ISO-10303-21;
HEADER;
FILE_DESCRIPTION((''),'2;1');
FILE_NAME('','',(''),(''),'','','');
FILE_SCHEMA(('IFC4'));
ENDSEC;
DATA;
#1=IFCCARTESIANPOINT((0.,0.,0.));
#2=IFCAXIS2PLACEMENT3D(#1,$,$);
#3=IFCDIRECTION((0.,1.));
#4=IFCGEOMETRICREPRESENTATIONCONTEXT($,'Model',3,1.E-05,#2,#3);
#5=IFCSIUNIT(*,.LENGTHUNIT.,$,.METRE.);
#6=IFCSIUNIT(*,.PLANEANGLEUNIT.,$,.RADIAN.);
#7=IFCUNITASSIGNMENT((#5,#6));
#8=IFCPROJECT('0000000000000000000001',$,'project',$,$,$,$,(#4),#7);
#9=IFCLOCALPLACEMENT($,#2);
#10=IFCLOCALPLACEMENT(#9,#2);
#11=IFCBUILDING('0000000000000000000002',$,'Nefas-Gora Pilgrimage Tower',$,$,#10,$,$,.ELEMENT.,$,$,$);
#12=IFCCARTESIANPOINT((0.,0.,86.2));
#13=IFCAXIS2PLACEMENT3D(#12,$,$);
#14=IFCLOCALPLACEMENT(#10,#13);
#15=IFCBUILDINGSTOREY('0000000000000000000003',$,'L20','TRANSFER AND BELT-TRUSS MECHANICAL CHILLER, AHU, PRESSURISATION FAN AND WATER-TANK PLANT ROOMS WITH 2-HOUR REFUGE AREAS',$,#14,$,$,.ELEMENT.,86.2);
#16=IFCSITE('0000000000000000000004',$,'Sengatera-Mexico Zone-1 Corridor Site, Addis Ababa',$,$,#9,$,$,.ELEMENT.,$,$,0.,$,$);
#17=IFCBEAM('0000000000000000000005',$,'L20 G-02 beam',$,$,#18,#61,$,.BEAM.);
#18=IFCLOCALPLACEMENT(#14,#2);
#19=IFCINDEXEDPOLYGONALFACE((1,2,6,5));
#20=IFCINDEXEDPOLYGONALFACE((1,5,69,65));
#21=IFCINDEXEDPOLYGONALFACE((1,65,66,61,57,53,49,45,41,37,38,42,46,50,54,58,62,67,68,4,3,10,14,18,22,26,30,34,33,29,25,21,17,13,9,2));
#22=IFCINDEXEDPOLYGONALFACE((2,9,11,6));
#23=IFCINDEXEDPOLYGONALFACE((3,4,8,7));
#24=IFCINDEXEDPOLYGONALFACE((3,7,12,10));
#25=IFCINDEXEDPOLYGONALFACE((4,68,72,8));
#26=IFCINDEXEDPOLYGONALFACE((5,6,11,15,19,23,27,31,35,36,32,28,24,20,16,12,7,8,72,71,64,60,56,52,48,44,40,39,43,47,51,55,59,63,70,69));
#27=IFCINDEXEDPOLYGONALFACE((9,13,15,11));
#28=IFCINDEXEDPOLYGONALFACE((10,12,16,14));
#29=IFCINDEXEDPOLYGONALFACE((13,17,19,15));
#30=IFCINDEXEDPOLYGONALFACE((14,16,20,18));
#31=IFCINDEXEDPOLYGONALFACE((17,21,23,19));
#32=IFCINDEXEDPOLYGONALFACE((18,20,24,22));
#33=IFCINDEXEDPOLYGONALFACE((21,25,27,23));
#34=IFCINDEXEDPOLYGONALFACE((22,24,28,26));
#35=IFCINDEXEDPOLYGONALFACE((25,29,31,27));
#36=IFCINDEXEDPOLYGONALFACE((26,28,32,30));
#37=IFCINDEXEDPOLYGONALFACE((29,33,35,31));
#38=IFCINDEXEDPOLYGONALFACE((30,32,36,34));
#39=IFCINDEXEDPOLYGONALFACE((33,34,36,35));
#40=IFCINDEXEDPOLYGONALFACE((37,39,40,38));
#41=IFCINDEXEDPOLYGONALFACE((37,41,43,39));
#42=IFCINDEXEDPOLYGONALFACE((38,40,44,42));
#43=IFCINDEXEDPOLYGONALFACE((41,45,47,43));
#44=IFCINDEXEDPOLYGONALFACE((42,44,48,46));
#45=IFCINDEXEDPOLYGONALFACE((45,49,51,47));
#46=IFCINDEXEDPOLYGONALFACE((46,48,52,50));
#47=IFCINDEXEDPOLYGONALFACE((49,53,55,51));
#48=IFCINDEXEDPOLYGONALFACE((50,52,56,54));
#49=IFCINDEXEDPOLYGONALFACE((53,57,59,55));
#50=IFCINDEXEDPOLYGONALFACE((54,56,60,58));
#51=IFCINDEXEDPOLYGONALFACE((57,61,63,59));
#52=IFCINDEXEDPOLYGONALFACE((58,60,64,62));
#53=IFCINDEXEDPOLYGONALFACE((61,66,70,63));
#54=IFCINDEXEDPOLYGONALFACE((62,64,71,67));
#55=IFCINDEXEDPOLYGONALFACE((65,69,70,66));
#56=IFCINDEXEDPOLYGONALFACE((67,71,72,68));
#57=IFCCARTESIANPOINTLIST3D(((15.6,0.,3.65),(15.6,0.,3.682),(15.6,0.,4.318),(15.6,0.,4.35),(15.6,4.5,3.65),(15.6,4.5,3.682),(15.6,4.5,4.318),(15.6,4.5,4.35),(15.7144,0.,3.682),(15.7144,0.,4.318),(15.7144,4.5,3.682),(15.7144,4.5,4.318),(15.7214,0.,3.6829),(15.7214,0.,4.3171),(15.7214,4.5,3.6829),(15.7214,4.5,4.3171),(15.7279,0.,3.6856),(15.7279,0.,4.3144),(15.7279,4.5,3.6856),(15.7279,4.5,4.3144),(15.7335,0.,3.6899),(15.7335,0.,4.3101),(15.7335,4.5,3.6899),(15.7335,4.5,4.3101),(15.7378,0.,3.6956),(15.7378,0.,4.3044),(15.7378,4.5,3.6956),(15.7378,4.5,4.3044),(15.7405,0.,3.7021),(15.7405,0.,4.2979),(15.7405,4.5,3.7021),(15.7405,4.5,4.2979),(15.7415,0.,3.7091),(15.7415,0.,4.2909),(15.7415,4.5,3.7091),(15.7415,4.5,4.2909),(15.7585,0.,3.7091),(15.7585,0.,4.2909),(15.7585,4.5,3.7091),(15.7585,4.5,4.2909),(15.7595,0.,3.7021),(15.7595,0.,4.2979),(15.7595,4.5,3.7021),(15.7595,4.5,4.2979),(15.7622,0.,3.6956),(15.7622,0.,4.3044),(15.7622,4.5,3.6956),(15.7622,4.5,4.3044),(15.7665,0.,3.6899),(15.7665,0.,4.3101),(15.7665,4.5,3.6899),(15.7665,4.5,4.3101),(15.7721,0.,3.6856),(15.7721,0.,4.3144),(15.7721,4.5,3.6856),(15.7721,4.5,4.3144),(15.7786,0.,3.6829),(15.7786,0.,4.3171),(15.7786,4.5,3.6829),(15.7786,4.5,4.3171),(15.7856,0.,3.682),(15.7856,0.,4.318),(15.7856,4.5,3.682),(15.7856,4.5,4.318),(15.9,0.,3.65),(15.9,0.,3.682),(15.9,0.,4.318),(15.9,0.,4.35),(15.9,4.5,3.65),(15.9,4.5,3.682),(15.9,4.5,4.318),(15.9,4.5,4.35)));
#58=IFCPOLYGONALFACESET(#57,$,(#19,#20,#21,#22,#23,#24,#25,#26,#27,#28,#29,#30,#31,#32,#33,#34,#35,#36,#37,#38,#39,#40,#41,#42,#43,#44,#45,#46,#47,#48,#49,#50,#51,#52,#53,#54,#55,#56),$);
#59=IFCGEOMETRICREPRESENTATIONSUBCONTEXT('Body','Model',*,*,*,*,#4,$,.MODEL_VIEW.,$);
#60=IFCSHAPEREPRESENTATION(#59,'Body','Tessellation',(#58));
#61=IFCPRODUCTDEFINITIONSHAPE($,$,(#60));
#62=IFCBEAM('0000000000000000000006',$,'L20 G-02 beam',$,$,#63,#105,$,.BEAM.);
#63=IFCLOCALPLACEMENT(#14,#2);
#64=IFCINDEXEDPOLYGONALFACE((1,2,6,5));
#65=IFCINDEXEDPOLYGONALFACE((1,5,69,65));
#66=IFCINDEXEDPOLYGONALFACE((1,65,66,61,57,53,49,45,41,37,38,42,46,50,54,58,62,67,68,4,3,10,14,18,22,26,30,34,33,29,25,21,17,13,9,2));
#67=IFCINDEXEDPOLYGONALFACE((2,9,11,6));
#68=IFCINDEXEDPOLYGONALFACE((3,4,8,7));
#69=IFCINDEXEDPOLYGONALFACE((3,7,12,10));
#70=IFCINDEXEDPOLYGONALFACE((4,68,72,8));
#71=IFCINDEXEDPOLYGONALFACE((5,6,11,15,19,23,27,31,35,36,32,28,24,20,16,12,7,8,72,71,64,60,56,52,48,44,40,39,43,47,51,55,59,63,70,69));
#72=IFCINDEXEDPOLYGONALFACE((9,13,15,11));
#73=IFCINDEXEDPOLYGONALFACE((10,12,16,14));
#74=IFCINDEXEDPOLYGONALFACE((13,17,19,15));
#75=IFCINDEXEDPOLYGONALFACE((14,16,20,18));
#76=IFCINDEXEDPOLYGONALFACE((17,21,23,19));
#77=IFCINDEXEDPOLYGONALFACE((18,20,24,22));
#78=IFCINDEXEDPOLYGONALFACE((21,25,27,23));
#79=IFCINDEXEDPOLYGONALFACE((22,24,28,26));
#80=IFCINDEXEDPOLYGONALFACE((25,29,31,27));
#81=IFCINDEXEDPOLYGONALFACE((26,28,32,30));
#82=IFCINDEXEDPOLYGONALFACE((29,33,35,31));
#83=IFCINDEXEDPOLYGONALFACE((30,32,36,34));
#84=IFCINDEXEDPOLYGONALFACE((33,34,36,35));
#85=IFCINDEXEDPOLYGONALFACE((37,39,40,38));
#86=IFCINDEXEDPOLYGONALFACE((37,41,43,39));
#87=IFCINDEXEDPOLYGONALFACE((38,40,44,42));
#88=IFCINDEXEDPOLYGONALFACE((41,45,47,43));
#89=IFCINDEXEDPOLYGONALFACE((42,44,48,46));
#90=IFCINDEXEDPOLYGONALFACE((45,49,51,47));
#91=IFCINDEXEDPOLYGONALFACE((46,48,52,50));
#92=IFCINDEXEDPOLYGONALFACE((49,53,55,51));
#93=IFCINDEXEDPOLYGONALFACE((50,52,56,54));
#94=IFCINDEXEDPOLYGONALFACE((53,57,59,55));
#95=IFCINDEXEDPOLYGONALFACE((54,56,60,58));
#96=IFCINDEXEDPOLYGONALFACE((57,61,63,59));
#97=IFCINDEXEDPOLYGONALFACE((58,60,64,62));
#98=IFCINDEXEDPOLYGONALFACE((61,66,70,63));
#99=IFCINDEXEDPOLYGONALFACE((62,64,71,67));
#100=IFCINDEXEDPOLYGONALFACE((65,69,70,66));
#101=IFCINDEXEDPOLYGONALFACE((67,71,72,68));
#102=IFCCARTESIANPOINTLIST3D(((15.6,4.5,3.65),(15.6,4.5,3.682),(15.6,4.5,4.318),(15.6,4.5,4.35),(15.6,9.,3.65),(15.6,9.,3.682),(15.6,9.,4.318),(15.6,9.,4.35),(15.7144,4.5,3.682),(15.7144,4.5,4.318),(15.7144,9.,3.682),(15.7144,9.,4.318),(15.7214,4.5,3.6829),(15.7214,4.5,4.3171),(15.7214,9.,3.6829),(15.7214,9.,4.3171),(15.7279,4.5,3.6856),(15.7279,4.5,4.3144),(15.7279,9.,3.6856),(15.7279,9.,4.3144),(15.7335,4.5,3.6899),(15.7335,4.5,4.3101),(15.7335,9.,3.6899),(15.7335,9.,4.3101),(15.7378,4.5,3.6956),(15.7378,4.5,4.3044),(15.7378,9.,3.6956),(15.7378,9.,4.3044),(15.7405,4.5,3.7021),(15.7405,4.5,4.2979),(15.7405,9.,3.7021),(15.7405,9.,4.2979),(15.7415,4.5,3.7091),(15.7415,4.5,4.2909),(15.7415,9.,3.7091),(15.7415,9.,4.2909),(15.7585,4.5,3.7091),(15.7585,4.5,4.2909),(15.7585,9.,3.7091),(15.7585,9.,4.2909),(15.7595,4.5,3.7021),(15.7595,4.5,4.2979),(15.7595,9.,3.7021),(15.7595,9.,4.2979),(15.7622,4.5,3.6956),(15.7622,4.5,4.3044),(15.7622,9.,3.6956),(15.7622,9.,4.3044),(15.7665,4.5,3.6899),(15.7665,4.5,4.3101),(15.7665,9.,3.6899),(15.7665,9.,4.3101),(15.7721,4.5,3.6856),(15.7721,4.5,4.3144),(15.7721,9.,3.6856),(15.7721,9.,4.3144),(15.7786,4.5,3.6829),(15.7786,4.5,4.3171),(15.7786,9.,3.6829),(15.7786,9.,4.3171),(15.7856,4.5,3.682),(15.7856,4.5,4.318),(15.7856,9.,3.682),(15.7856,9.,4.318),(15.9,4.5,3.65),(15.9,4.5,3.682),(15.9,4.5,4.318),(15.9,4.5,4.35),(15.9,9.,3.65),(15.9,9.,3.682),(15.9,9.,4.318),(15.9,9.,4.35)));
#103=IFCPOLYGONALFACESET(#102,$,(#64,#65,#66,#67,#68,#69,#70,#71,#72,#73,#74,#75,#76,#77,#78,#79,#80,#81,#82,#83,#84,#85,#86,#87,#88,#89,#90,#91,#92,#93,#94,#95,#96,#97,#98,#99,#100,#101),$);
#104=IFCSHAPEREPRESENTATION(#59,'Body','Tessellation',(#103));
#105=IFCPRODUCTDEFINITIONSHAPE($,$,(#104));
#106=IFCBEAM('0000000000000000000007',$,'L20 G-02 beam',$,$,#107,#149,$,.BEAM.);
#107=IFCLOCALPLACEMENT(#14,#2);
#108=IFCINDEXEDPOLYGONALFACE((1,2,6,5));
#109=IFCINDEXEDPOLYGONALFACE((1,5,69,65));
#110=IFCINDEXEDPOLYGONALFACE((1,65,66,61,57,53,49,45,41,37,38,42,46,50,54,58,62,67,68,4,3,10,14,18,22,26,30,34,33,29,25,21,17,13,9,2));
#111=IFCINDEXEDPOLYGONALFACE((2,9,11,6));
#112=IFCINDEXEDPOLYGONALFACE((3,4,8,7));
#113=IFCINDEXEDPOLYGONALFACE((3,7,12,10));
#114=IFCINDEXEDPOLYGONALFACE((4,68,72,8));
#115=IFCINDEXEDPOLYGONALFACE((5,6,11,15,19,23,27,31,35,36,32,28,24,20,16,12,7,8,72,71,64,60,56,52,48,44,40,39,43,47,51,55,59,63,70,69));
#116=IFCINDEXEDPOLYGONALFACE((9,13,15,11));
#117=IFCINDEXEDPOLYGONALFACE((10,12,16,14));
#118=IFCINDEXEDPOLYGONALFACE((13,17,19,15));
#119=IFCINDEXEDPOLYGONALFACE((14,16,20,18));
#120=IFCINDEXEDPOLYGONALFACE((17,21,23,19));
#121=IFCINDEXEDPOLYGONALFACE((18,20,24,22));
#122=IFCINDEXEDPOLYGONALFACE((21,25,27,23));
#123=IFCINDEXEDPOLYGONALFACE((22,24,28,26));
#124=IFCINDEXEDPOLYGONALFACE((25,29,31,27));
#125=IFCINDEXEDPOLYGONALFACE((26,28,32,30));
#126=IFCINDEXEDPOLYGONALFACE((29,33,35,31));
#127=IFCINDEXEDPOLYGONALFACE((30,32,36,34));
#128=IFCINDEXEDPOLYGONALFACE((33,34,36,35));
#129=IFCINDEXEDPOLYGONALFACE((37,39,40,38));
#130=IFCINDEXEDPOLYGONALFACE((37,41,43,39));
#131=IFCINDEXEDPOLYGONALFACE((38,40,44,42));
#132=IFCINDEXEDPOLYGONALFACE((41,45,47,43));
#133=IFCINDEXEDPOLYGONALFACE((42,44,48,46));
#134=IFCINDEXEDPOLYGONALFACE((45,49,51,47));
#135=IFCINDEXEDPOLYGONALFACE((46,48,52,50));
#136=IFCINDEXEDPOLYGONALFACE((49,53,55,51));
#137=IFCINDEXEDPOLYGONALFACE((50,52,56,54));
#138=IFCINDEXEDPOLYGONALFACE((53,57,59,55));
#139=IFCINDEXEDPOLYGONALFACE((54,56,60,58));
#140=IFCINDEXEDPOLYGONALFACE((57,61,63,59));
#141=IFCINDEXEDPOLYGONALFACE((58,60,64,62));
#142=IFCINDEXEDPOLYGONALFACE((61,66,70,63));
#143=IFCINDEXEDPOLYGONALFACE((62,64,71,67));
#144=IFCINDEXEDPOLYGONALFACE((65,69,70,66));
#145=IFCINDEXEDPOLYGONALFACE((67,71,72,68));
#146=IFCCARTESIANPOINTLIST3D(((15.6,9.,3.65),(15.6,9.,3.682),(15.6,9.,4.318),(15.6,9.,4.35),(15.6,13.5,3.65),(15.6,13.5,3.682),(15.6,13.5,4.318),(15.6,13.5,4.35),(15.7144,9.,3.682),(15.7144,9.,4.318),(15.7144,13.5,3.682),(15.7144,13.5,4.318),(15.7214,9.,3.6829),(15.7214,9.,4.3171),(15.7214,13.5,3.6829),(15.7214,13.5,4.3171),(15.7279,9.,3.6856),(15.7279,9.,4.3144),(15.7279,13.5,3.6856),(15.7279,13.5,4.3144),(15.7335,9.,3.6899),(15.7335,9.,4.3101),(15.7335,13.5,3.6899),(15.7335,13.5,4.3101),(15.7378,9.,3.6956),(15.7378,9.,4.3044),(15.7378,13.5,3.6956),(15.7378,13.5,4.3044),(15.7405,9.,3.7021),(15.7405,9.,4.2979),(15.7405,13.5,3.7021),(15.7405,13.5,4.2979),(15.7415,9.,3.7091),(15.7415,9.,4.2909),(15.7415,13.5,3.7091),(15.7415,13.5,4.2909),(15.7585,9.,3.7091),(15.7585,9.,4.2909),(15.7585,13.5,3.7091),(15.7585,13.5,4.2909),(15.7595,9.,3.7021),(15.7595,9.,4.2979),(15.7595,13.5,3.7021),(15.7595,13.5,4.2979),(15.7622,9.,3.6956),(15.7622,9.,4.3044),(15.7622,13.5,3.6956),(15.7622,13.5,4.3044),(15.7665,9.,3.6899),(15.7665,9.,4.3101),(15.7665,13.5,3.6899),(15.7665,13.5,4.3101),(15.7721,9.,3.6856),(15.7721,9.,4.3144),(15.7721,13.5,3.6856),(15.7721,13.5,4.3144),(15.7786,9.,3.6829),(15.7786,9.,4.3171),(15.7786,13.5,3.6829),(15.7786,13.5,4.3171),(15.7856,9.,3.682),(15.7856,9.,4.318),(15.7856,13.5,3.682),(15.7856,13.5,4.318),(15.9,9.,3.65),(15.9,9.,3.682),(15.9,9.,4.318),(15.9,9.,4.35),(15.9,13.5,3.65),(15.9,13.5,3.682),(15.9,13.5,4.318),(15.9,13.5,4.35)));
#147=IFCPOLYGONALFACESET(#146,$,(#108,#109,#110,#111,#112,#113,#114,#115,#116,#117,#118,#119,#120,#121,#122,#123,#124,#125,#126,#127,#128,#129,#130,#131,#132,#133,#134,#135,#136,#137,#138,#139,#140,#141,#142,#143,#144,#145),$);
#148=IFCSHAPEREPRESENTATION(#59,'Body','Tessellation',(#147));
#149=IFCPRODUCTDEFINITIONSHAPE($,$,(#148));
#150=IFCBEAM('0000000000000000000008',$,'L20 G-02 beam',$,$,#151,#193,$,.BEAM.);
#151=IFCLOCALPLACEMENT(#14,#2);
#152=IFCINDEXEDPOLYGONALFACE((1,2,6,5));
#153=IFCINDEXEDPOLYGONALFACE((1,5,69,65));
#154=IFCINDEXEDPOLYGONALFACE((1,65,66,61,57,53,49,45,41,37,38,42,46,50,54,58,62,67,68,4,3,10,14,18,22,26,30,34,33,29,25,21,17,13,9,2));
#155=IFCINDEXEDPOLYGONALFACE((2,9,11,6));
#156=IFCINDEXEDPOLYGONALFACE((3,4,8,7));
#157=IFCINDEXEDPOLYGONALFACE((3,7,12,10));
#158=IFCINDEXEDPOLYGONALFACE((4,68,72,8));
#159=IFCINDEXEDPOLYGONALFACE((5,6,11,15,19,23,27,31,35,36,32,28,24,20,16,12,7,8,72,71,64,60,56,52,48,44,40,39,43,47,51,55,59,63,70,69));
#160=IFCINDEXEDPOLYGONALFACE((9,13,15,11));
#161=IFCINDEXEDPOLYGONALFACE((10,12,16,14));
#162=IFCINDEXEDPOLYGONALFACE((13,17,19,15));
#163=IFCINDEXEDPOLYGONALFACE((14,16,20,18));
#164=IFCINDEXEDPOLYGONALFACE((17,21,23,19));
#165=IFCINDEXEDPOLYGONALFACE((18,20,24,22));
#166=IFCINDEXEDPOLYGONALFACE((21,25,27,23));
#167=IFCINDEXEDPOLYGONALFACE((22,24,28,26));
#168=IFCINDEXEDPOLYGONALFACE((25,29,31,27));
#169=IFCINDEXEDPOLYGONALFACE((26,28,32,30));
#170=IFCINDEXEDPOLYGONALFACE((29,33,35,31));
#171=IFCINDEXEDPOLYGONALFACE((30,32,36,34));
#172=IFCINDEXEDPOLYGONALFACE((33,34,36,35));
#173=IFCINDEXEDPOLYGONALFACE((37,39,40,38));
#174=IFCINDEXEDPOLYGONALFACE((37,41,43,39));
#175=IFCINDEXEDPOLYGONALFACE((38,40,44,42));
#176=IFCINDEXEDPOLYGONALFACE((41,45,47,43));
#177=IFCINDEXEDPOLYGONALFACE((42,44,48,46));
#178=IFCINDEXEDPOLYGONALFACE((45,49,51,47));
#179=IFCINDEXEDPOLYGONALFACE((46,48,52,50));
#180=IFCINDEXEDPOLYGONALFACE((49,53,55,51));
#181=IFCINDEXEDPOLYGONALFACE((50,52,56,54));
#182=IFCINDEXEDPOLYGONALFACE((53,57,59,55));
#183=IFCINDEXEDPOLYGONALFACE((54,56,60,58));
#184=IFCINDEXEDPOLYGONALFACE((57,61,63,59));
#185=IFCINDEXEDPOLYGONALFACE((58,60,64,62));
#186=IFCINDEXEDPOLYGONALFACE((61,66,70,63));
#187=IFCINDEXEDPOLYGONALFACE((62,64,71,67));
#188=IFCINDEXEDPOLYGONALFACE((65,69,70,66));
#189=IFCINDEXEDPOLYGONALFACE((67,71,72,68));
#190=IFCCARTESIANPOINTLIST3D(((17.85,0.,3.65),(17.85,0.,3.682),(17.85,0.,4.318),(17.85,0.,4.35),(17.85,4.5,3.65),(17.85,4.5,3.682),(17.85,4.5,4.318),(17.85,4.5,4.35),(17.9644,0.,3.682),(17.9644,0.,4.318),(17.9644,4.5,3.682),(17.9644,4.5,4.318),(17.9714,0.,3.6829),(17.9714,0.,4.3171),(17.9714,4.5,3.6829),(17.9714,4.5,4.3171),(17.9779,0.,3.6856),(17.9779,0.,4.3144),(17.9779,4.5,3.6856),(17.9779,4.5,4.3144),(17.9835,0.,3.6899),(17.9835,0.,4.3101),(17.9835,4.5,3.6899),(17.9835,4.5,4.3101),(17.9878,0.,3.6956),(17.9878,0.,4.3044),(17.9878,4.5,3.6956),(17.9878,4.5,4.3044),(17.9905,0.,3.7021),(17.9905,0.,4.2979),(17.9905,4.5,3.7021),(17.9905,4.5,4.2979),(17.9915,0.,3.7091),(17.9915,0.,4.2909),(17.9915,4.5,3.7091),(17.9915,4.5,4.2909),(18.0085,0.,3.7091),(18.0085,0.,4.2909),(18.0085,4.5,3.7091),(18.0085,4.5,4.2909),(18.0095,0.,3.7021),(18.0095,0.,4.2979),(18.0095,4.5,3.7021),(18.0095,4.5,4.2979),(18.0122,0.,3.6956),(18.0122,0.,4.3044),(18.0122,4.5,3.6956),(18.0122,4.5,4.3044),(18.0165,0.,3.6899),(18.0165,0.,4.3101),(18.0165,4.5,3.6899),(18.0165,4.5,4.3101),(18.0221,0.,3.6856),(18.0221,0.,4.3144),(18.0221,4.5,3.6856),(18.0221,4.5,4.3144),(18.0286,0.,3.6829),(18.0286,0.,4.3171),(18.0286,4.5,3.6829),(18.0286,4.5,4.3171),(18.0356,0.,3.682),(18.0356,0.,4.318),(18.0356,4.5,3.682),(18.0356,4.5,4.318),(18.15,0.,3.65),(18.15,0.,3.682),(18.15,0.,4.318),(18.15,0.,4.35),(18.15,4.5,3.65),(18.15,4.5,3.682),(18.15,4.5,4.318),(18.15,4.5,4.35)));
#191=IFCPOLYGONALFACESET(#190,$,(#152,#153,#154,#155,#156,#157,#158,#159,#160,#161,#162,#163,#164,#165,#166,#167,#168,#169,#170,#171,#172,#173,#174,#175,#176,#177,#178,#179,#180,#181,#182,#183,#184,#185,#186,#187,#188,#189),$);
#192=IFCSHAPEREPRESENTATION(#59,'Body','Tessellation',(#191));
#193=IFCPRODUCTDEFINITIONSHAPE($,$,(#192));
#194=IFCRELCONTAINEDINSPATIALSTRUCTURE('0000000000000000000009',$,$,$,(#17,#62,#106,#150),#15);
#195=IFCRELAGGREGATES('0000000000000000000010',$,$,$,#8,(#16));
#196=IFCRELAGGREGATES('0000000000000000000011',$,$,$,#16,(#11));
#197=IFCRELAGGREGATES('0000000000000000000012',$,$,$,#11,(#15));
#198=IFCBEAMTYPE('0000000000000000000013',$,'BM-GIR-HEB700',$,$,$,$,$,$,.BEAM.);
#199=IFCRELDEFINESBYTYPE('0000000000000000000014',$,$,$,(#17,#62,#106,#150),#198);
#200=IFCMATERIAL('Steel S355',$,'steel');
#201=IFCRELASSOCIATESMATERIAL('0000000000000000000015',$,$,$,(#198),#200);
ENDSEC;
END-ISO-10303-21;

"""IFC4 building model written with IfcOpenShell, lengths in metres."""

from ifc_helpers import new_model, si_unit, direction, frame, origin, origin_2d, place, context, subcontext, project, spatial, i_section, extrude, source, transform, mapped, material, material_profile, profile_set, type_object, element, save


model = new_model("IFC4")

# Units and contexts
model_context = context("Model", 3, precision=1e-05, world=origin(), true_north=direction((0.0, 1.0)))
body_context = subcontext(model_context, "Body", "Model", "MODEL_VIEW")
ifc_project = project(units=[si_unit("LENGTHUNIT", "METRE"), si_unit("PLANEANGLEUNIT", "RADIAN")], contexts=[model_context])

# Site, building, storey
site_placement = place(None, origin())
site = spatial("IfcSite", under=ifc_project, at=site_placement, Name="Sengatera-Mexico Zone-1 Corridor Site, Addis Ababa", CompositionType="ELEMENT", RefElevation=0.0)
building_placement = place(site_placement, origin())
building = spatial("IfcBuilding", under=site, at=building_placement, Name="Nefas-Gora Pilgrimage Tower", CompositionType="ELEMENT")
storey_placement = place(building_placement, frame((0.0, 0.0, 86.2)))
storey = spatial("IfcBuildingStorey", under=building, at=storey_placement, Name="L20", Description="TRANSFER AND BELT-TRUSS MECHANICAL CHILLER, AHU, PRESSURISATION FAN AND WATER-TANK PLANT ROOMS WITH 2-HOUR REFUGE AREAS", CompositionType="ELEMENT", Elevation=86.2)

# Beams
ifc_material_1 = material(Name="Steel S355", Category="steel")
ifc_material_profile_1 = material_profile(ifc_material_1, i_section(OverallWidth=0.3, OverallDepth=0.7, WebThickness=0.0171, FlangeThickness=0.032, FilletRadius=0.0271, at=origin_2d()), Name="HEB 700")
ifc_profile_set_1 = profile_set([ifc_material_profile_1], Name="Steel S355")
beam_type = type_object("IfcBeamType", Name="BM-GIR-HEB700", PredefinedType="BEAM", material=ifc_profile_set_1)
shared_shape_1 = source(origin(), body_context, "Body", "SweptSolid", [
    extrude(i_section(OverallWidth=0.3, OverallDepth=0.7, WebThickness=0.0171, FlangeThickness=0.032, FilletRadius=0.0271, at=origin_2d()), origin(), (0.0, 0.0, 1.0), 4.5),
])
for number, where, z_axis, x_axis, name in (
    (1, (15.75, 0.0, 4.0), (0.0, 1.0, 0.0), (-1.0, 0.0, 0.0), "L20 G-02 beam"),
    (2, (15.75, 4.5, 4.0), (0.0, 1.0, 0.0), (-1.0, 0.0, 0.0), "L20 G-02 beam"),
    (3, (15.75, 9.0, 4.0), (0.0, 1.0, 0.0), (-1.0, 0.0, 0.0), "L20 G-02 beam"),
    (4, (18.0, 0.0, 4.0), (0.0, 1.0, 0.0), (-1.0, 0.0, 0.0), "L20 G-02 beam"),
):
    element("IfcBeam", number, at=place(storey_placement, frame(where, z_axis=z_axis, x_axis=x_axis)), inside=storey, type_object=beam_type, Name=name, PredefinedType="BEAM", context=body_context, shape_type="MappedRepresentation", body=[
        mapped(shared_shape_1, transform((0.0, 0.0, 0.0), x_axis=(1.0, 0.0, 0.0), y_axis=(0.0, 1.0, 0.0), z_axis=(0.0, 0.0, 1.0), scale=1.0)),
    ])

save(model, "model.ifc")
